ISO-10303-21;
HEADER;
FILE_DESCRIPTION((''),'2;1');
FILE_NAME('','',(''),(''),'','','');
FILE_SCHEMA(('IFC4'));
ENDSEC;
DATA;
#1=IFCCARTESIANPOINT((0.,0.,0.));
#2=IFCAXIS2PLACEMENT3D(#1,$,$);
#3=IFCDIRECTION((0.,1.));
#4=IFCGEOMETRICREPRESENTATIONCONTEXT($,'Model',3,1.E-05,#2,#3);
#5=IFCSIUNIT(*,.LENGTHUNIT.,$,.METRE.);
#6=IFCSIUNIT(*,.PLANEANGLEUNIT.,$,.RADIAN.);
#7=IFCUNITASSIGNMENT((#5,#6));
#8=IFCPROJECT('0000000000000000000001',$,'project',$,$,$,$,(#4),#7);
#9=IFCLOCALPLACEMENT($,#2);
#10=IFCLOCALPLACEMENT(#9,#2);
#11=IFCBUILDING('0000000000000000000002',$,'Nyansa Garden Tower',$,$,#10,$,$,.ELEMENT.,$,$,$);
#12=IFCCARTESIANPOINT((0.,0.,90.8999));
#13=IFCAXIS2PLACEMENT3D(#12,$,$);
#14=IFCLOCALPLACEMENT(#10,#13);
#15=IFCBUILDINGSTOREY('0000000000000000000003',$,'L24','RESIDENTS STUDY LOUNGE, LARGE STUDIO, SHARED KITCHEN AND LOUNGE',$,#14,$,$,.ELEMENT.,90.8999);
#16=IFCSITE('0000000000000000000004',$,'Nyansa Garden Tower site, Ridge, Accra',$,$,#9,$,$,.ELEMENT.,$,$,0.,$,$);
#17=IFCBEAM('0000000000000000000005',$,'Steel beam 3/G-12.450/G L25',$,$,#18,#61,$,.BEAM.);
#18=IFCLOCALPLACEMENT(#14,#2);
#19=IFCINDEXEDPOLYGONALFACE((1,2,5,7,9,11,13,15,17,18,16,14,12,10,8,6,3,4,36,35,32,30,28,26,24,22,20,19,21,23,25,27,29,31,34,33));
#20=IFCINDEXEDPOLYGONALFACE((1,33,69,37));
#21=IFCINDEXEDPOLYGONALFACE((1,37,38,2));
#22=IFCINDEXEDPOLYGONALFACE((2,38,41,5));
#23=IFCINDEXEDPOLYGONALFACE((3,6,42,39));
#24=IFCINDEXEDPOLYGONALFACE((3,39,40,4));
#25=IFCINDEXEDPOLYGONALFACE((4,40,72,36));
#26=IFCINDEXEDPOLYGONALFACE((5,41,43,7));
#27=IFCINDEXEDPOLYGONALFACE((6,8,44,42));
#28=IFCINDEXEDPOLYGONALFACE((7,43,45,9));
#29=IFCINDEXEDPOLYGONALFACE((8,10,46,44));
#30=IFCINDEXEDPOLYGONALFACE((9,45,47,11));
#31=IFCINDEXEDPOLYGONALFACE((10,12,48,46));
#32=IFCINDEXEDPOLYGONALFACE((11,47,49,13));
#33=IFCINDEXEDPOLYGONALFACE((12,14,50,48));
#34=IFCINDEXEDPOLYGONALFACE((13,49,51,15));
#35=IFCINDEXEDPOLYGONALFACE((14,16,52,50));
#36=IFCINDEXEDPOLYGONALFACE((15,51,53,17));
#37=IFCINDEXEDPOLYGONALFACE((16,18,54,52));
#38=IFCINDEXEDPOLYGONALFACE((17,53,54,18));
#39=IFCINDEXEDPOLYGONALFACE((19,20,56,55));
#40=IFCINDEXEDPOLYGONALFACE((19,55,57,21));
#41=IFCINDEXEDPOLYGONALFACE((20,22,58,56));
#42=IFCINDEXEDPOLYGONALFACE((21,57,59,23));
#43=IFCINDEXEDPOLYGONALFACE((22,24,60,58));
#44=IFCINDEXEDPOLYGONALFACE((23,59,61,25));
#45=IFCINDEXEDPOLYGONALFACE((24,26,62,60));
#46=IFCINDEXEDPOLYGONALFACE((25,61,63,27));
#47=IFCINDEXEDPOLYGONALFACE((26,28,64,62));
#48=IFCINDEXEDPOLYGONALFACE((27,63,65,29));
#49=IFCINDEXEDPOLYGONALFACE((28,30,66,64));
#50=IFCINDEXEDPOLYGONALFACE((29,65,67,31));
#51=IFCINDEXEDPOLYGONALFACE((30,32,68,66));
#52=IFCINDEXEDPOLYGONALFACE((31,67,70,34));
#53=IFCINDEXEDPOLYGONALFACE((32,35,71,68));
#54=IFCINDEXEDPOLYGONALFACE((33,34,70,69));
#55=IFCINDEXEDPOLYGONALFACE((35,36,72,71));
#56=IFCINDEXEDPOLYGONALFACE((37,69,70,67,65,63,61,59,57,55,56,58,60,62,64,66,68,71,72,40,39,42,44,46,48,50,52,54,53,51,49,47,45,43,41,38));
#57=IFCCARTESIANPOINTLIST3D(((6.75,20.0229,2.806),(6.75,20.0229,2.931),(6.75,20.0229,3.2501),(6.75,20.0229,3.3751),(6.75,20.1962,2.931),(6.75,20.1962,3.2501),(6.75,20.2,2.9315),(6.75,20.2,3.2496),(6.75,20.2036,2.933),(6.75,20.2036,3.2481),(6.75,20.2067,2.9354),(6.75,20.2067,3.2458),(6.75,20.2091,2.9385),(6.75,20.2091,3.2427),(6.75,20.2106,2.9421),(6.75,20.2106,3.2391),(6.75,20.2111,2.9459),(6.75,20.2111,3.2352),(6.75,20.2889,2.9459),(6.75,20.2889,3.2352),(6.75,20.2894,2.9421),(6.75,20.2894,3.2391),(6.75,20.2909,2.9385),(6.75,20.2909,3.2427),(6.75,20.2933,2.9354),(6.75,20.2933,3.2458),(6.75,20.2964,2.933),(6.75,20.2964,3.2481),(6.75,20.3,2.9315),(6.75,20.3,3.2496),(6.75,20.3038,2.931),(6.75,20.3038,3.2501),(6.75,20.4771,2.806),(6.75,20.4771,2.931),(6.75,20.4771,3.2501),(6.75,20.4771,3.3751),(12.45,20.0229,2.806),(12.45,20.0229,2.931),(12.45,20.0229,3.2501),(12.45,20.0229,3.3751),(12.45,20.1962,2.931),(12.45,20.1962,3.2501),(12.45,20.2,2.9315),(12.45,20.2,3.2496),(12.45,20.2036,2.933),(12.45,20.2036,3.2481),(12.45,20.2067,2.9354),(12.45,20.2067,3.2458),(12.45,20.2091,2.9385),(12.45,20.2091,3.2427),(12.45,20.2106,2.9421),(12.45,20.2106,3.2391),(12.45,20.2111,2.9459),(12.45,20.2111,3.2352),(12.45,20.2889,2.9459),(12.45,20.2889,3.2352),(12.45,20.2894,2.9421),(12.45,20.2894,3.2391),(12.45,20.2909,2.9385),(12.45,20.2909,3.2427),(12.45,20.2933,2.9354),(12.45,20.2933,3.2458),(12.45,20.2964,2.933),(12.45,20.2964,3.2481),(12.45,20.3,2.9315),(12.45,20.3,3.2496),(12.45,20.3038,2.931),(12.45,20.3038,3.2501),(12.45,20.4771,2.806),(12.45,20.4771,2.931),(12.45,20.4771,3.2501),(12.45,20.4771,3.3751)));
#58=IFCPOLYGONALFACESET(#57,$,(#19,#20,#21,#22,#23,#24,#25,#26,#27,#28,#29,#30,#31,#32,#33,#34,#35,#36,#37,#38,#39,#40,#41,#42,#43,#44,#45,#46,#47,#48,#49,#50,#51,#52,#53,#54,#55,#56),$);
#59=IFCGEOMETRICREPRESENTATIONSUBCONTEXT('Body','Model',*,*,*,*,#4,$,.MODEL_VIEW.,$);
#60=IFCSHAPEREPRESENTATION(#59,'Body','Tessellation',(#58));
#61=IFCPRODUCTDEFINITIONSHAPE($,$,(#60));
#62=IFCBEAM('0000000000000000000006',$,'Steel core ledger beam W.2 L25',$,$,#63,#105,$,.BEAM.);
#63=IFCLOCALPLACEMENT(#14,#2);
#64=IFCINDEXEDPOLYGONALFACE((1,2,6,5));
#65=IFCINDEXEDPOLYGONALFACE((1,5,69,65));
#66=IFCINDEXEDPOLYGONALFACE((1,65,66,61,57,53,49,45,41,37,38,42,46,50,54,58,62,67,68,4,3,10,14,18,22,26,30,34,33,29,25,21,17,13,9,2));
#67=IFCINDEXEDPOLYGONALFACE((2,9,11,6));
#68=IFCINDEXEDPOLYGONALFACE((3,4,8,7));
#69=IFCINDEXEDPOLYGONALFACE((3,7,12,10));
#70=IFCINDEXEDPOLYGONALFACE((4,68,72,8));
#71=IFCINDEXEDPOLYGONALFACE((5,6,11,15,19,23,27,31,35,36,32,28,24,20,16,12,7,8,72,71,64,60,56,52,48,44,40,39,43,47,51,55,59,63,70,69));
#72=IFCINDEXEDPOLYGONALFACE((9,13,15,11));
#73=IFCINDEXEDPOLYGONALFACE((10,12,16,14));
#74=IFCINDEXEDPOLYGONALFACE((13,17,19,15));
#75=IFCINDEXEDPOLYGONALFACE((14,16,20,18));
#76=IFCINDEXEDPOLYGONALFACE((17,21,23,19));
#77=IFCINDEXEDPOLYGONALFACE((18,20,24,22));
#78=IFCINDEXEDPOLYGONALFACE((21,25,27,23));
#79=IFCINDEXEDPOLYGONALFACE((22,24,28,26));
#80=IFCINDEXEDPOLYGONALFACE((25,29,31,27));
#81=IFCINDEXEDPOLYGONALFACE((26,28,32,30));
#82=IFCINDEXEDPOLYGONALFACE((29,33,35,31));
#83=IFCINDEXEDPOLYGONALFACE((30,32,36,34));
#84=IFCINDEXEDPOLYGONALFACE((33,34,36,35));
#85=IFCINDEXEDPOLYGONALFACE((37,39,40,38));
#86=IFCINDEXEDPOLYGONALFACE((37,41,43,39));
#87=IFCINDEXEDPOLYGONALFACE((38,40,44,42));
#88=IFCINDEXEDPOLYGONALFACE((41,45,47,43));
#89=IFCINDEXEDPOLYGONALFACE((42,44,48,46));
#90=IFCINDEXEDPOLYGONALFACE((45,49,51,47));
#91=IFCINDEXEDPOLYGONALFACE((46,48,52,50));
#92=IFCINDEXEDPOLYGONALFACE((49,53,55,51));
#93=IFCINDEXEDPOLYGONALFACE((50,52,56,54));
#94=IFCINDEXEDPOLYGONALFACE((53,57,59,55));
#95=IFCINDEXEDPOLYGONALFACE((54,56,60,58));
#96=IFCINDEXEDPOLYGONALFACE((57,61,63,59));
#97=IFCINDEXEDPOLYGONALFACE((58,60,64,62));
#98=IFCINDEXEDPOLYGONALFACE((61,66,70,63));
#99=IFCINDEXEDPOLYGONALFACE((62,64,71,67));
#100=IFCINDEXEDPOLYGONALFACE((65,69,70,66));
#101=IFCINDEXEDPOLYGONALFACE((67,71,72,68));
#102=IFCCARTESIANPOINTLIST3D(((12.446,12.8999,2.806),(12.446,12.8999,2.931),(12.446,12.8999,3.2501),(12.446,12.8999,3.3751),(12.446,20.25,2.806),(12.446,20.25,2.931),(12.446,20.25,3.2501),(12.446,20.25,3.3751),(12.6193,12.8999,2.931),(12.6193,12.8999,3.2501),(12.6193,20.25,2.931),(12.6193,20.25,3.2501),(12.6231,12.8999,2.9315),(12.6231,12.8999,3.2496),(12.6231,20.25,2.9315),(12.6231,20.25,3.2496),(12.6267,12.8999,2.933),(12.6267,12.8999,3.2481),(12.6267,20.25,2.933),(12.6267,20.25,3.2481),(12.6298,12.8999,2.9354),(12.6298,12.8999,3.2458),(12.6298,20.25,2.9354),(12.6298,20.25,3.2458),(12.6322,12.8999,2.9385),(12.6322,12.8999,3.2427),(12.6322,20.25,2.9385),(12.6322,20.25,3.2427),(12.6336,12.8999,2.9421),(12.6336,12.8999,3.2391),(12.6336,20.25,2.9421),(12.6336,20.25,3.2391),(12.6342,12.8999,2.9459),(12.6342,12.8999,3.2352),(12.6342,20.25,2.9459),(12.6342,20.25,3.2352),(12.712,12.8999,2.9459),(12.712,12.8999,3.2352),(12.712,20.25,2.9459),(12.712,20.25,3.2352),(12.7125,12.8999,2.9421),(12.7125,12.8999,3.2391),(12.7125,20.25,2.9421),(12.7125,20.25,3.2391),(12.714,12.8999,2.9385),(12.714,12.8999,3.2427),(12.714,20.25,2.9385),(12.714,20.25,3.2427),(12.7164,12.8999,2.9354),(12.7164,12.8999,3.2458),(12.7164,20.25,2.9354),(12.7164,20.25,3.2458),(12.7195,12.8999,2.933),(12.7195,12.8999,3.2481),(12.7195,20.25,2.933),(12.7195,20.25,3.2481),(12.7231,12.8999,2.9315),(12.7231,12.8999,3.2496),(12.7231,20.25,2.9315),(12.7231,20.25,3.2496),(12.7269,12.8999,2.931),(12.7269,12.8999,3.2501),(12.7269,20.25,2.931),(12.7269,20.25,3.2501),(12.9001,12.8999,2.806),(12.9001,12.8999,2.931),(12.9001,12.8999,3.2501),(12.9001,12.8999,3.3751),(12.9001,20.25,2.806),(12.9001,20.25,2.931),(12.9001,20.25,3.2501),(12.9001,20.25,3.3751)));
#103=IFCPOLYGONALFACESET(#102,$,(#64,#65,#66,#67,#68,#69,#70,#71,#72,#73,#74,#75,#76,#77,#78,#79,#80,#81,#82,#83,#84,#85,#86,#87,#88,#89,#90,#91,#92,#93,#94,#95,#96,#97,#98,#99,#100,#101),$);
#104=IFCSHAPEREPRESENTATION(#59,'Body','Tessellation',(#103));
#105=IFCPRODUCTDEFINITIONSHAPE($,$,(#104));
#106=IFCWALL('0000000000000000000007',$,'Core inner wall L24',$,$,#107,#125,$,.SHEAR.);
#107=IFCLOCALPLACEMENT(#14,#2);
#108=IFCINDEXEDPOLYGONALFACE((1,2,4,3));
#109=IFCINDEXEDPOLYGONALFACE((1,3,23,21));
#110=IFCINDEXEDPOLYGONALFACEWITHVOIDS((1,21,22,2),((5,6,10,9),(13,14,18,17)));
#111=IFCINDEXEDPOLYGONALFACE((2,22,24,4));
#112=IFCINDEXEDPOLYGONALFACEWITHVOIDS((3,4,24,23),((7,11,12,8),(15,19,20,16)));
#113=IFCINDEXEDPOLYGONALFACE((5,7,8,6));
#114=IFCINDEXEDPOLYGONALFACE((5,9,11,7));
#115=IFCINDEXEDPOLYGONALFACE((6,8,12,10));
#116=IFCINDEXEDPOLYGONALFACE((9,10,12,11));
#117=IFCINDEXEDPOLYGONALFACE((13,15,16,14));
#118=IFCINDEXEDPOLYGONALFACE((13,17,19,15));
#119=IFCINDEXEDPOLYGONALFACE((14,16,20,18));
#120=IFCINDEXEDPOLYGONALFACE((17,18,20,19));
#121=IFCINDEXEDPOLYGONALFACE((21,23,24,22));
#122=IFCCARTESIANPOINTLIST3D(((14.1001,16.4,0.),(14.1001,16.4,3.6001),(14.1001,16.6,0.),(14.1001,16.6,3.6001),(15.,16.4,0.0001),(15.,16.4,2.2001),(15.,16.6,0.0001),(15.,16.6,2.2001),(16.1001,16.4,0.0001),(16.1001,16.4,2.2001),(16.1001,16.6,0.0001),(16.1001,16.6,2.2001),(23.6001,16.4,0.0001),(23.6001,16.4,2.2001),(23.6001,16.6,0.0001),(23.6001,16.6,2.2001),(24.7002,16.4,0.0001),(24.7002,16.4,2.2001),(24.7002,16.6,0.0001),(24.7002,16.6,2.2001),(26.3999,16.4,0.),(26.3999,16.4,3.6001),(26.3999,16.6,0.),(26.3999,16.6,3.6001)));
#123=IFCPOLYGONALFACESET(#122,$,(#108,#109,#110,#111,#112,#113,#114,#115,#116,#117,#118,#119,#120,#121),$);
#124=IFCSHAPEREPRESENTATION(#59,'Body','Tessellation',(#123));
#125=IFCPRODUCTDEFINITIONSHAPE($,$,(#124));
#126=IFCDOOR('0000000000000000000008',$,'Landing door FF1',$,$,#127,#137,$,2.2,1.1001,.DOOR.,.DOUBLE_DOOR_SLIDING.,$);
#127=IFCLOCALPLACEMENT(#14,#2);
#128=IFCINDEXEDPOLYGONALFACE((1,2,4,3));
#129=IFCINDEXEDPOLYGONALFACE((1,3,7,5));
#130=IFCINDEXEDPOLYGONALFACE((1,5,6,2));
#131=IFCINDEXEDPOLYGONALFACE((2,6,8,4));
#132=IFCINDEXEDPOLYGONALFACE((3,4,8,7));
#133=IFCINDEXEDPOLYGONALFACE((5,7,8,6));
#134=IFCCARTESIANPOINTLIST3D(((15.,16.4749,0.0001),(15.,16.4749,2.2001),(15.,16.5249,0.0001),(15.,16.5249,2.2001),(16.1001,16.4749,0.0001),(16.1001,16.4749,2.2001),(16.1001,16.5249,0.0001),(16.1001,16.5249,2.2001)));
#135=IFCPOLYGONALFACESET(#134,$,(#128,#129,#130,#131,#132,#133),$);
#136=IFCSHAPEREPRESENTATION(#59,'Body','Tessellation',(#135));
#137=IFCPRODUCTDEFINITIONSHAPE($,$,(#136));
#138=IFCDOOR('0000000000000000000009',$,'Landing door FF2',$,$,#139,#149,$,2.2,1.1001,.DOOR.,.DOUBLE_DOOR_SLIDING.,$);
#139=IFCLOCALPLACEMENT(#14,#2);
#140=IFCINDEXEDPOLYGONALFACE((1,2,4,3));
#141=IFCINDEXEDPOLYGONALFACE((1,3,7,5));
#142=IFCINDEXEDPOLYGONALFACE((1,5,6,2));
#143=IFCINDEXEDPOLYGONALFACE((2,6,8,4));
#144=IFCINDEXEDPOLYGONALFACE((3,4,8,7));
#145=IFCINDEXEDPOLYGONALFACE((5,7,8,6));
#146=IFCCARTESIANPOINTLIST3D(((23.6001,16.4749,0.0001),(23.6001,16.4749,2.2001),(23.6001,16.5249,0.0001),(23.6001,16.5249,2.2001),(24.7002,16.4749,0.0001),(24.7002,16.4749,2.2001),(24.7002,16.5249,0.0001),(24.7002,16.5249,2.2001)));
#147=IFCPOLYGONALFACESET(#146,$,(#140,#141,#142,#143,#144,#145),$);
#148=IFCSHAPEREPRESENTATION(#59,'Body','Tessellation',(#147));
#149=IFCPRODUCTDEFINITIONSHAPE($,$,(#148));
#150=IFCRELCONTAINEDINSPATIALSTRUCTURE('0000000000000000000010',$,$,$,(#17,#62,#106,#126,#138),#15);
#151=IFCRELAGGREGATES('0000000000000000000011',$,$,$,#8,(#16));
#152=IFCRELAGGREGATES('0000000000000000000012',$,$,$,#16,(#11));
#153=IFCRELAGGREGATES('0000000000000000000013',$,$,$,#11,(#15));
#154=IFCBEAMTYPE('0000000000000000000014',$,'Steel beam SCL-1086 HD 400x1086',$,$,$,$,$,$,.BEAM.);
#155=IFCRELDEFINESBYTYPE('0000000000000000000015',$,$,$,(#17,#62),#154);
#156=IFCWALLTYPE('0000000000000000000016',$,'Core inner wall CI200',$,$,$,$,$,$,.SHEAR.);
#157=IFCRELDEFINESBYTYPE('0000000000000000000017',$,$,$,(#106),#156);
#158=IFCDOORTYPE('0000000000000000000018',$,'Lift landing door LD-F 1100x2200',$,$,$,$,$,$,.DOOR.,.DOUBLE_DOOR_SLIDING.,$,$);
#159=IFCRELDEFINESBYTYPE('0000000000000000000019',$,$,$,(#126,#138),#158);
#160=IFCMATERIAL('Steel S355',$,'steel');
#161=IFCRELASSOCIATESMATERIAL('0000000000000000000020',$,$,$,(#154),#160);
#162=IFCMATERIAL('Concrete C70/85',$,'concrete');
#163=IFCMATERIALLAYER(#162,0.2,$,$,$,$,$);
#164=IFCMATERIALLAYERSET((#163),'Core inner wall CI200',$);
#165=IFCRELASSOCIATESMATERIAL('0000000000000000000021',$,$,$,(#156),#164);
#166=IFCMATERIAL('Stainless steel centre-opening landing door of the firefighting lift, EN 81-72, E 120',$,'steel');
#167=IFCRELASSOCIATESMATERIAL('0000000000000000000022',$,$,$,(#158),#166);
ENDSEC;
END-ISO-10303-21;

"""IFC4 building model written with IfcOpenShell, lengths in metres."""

from ifc_helpers import new_model, si_unit, direction, frame, frame_2d, origin, origin_2d, place, context, subcontext, project, spatial, rectangle, i_section, extrude, material, layer, layer_set, material_profile, profile_set, type_object, element, fill, save


model = new_model("IFC4")

# Units and contexts
model_context = context("Model", 3, precision=1e-05, world=origin(), true_north=direction((0.0, 1.0)))
body_context = subcontext(model_context, "Body", "Model", "MODEL_VIEW")
ifc_project = project(units=[si_unit("LENGTHUNIT", "METRE"), si_unit("PLANEANGLEUNIT", "RADIAN")], contexts=[model_context])

# Site, building, storey
site_placement = place(None, origin())
site = spatial("IfcSite", under=ifc_project, at=site_placement, Name="Nyansa Garden Tower site, Ridge, Accra", CompositionType="ELEMENT", RefElevation=0.0)
building_placement = place(site_placement, origin())
building = spatial("IfcBuilding", under=site, at=building_placement, Name="Nyansa Garden Tower", CompositionType="ELEMENT")
storey_placement = place(building_placement, frame((0.0, 0.0, 90.8999)))
storey = spatial("IfcBuildingStorey", under=building, at=storey_placement, Name="L24", Description="RESIDENTS STUDY LOUNGE, LARGE STUDIO, SHARED KITCHEN AND LOUNGE", CompositionType="ELEMENT", Elevation=90.8999)

# Beams
ifc_material_1 = material(Name="Steel S355", Category="steel")
ifc_material_profile_1 = material_profile(ifc_material_1, i_section(OverallWidth=0.4541, OverallDepth=0.5691, WebThickness=0.0779, FlangeThickness=0.125, FilletRadius=0.0149, at=origin_2d()), Name="HD 400x1086")
ifc_profile_set_1 = profile_set([ifc_material_profile_1], Name="Steel S355")
beam_type_1 = type_object("IfcBeamType", Name="Steel beam SCL-1086 HD 400x1086", PredefinedType="BEAM", material=ifc_profile_set_1)
beam_1_placement = place(storey_placement, frame((6.75, 20.25, 3.0906), z_axis=(1.0, 0.0, 0.0), x_axis=(0.0, 1.0, 0.0)))
element("IfcBeam", 1, at=beam_1_placement, inside=storey, type_object=beam_type_1, Name="Steel beam 3/G-12.450/G L25", PredefinedType="BEAM", context=body_context, shape_type="SweptSolid", body=[
    extrude(i_section(OverallWidth=0.4541, OverallDepth=0.5691, WebThickness=0.0779, FlangeThickness=0.125, FilletRadius=0.0149, at=origin_2d()), origin(), (0.0, 0.0, 1.0), 5.7),
])
beam_2_placement = place(storey_placement, frame((12.6731, 20.25, 3.0906), z_axis=(0.0, -1.0, 0.0), x_axis=(1.0, 0.0, 0.0)))
element("IfcBeam", 2, at=beam_2_placement, inside=storey, type_object=beam_type_1, Name="Steel core ledger beam W.2 L25", PredefinedType="BEAM", context=body_context, shape_type="SweptSolid", body=[
    extrude(i_section(OverallWidth=0.4541, OverallDepth=0.5691, WebThickness=0.0779, FlangeThickness=0.125, FilletRadius=0.0149, at=origin_2d()), origin(), (0.0, 0.0, 1.0), 7.3501),
])

# Wall, openings, doors
ifc_material_2 = material(Name="Concrete C70/85", Category="concrete")
ifc_layer_1 = layer(ifc_material_2, 0.2)
ifc_layer_set_1 = layer_set([ifc_layer_1], Name="Core inner wall CI200")
wall_type_1 = type_object("IfcWallType", Name="Core inner wall CI200", PredefinedType="SHEAR", material=ifc_layer_set_1)
wall_1_placement = place(storey_placement, frame((14.1001, 16.5, 0.0), z_axis=(0.0, 0.0, 1.0), x_axis=(1.0, 0.0, 0.0)))
wall_1 = element("IfcWall", 3, at=wall_1_placement, inside=storey, type_object=wall_type_1, Name="Core inner wall L24", PredefinedType="SHEAR", context=body_context, shape_type="SweptSolid", body=[
    extrude(rectangle(XDim=12.2998, YDim=0.2, at=frame_2d((6.1499, 0.0))), origin(), (0.0, 0.0, 1.0), 3.6001),
])
opening_1_placement = place(wall_1_placement, frame((0.8999, 0.0, 0.0)))
opening_1 = element("IfcOpeningElement", 4, at=opening_1_placement, cuts=wall_1, PredefinedType="OPENING", context=body_context, shape_type="SweptSolid", body=[
    extrude(rectangle(XDim=1.1001, YDim=2.2, at=frame_2d((0.55, 1.1001))), frame((0.0, 0.1099, 0.0), z_axis=(0.0, -1.0, 0.0), x_axis=(1.0, 0.0, 0.0)), (0.0, 0.0, 1.0), 0.22),
])
opening_2_placement = place(wall_1_placement, frame((9.5, 0.0, 0.0)))
opening_2 = element("IfcOpeningElement", 5, at=opening_2_placement, cuts=wall_1, PredefinedType="OPENING", context=body_context, shape_type="SweptSolid", body=[
    extrude(rectangle(XDim=1.1001, YDim=2.2, at=frame_2d((0.55, 1.1001))), frame((0.0, 0.1099, 0.0), z_axis=(0.0, -1.0, 0.0), x_axis=(1.0, 0.0, 0.0)), (0.0, 0.0, 1.0), 0.22),
])
ifc_material_3 = material(Name="Stainless steel centre-opening landing door of the firefighting lift, EN 81-72, E 120", Category="steel")
door_type_1 = type_object("IfcDoorType", Name="Lift landing door LD-F 1100x2200", OperationType="DOUBLE_DOOR_SLIDING", PredefinedType="DOOR", material=ifc_material_3)
door_1_placement = place(opening_1_placement, origin())
door_1 = element("IfcDoor", 6, at=door_1_placement, inside=storey, type_object=door_type_1, Name="Landing door FF1", OperationType="DOUBLE_DOOR_SLIDING", OverallHeight=2.2, OverallWidth=1.1001, PredefinedType="DOOR", context=body_context, shape_type="SweptSolid", body=[
    extrude(rectangle(XDim=1.1001, YDim=2.2, at=frame_2d((0.55, 1.1001))), frame((0.0, 0.0249, 0.0), z_axis=(0.0, -1.0, 0.0), x_axis=(1.0, 0.0, 0.0)), (0.0, 0.0, 1.0), 0.05),
])
fill(opening_1, door_1)
door_2_placement = place(opening_2_placement, origin())
door_2 = element("IfcDoor", 7, at=door_2_placement, inside=storey, type_object=door_type_1, Name="Landing door FF2", OperationType="DOUBLE_DOOR_SLIDING", OverallHeight=2.2, OverallWidth=1.1001, PredefinedType="DOOR", context=body_context, shape_type="SweptSolid", body=[
    extrude(rectangle(XDim=1.1001, YDim=2.2, at=frame_2d((0.55, 1.1001))), frame((0.0, 0.0249, 0.0), z_axis=(0.0, -1.0, 0.0), x_axis=(1.0, 0.0, 0.0)), (0.0, 0.0, 1.0), 0.05),
])
fill(opening_2, door_2)

save(model, "model.ifc")
